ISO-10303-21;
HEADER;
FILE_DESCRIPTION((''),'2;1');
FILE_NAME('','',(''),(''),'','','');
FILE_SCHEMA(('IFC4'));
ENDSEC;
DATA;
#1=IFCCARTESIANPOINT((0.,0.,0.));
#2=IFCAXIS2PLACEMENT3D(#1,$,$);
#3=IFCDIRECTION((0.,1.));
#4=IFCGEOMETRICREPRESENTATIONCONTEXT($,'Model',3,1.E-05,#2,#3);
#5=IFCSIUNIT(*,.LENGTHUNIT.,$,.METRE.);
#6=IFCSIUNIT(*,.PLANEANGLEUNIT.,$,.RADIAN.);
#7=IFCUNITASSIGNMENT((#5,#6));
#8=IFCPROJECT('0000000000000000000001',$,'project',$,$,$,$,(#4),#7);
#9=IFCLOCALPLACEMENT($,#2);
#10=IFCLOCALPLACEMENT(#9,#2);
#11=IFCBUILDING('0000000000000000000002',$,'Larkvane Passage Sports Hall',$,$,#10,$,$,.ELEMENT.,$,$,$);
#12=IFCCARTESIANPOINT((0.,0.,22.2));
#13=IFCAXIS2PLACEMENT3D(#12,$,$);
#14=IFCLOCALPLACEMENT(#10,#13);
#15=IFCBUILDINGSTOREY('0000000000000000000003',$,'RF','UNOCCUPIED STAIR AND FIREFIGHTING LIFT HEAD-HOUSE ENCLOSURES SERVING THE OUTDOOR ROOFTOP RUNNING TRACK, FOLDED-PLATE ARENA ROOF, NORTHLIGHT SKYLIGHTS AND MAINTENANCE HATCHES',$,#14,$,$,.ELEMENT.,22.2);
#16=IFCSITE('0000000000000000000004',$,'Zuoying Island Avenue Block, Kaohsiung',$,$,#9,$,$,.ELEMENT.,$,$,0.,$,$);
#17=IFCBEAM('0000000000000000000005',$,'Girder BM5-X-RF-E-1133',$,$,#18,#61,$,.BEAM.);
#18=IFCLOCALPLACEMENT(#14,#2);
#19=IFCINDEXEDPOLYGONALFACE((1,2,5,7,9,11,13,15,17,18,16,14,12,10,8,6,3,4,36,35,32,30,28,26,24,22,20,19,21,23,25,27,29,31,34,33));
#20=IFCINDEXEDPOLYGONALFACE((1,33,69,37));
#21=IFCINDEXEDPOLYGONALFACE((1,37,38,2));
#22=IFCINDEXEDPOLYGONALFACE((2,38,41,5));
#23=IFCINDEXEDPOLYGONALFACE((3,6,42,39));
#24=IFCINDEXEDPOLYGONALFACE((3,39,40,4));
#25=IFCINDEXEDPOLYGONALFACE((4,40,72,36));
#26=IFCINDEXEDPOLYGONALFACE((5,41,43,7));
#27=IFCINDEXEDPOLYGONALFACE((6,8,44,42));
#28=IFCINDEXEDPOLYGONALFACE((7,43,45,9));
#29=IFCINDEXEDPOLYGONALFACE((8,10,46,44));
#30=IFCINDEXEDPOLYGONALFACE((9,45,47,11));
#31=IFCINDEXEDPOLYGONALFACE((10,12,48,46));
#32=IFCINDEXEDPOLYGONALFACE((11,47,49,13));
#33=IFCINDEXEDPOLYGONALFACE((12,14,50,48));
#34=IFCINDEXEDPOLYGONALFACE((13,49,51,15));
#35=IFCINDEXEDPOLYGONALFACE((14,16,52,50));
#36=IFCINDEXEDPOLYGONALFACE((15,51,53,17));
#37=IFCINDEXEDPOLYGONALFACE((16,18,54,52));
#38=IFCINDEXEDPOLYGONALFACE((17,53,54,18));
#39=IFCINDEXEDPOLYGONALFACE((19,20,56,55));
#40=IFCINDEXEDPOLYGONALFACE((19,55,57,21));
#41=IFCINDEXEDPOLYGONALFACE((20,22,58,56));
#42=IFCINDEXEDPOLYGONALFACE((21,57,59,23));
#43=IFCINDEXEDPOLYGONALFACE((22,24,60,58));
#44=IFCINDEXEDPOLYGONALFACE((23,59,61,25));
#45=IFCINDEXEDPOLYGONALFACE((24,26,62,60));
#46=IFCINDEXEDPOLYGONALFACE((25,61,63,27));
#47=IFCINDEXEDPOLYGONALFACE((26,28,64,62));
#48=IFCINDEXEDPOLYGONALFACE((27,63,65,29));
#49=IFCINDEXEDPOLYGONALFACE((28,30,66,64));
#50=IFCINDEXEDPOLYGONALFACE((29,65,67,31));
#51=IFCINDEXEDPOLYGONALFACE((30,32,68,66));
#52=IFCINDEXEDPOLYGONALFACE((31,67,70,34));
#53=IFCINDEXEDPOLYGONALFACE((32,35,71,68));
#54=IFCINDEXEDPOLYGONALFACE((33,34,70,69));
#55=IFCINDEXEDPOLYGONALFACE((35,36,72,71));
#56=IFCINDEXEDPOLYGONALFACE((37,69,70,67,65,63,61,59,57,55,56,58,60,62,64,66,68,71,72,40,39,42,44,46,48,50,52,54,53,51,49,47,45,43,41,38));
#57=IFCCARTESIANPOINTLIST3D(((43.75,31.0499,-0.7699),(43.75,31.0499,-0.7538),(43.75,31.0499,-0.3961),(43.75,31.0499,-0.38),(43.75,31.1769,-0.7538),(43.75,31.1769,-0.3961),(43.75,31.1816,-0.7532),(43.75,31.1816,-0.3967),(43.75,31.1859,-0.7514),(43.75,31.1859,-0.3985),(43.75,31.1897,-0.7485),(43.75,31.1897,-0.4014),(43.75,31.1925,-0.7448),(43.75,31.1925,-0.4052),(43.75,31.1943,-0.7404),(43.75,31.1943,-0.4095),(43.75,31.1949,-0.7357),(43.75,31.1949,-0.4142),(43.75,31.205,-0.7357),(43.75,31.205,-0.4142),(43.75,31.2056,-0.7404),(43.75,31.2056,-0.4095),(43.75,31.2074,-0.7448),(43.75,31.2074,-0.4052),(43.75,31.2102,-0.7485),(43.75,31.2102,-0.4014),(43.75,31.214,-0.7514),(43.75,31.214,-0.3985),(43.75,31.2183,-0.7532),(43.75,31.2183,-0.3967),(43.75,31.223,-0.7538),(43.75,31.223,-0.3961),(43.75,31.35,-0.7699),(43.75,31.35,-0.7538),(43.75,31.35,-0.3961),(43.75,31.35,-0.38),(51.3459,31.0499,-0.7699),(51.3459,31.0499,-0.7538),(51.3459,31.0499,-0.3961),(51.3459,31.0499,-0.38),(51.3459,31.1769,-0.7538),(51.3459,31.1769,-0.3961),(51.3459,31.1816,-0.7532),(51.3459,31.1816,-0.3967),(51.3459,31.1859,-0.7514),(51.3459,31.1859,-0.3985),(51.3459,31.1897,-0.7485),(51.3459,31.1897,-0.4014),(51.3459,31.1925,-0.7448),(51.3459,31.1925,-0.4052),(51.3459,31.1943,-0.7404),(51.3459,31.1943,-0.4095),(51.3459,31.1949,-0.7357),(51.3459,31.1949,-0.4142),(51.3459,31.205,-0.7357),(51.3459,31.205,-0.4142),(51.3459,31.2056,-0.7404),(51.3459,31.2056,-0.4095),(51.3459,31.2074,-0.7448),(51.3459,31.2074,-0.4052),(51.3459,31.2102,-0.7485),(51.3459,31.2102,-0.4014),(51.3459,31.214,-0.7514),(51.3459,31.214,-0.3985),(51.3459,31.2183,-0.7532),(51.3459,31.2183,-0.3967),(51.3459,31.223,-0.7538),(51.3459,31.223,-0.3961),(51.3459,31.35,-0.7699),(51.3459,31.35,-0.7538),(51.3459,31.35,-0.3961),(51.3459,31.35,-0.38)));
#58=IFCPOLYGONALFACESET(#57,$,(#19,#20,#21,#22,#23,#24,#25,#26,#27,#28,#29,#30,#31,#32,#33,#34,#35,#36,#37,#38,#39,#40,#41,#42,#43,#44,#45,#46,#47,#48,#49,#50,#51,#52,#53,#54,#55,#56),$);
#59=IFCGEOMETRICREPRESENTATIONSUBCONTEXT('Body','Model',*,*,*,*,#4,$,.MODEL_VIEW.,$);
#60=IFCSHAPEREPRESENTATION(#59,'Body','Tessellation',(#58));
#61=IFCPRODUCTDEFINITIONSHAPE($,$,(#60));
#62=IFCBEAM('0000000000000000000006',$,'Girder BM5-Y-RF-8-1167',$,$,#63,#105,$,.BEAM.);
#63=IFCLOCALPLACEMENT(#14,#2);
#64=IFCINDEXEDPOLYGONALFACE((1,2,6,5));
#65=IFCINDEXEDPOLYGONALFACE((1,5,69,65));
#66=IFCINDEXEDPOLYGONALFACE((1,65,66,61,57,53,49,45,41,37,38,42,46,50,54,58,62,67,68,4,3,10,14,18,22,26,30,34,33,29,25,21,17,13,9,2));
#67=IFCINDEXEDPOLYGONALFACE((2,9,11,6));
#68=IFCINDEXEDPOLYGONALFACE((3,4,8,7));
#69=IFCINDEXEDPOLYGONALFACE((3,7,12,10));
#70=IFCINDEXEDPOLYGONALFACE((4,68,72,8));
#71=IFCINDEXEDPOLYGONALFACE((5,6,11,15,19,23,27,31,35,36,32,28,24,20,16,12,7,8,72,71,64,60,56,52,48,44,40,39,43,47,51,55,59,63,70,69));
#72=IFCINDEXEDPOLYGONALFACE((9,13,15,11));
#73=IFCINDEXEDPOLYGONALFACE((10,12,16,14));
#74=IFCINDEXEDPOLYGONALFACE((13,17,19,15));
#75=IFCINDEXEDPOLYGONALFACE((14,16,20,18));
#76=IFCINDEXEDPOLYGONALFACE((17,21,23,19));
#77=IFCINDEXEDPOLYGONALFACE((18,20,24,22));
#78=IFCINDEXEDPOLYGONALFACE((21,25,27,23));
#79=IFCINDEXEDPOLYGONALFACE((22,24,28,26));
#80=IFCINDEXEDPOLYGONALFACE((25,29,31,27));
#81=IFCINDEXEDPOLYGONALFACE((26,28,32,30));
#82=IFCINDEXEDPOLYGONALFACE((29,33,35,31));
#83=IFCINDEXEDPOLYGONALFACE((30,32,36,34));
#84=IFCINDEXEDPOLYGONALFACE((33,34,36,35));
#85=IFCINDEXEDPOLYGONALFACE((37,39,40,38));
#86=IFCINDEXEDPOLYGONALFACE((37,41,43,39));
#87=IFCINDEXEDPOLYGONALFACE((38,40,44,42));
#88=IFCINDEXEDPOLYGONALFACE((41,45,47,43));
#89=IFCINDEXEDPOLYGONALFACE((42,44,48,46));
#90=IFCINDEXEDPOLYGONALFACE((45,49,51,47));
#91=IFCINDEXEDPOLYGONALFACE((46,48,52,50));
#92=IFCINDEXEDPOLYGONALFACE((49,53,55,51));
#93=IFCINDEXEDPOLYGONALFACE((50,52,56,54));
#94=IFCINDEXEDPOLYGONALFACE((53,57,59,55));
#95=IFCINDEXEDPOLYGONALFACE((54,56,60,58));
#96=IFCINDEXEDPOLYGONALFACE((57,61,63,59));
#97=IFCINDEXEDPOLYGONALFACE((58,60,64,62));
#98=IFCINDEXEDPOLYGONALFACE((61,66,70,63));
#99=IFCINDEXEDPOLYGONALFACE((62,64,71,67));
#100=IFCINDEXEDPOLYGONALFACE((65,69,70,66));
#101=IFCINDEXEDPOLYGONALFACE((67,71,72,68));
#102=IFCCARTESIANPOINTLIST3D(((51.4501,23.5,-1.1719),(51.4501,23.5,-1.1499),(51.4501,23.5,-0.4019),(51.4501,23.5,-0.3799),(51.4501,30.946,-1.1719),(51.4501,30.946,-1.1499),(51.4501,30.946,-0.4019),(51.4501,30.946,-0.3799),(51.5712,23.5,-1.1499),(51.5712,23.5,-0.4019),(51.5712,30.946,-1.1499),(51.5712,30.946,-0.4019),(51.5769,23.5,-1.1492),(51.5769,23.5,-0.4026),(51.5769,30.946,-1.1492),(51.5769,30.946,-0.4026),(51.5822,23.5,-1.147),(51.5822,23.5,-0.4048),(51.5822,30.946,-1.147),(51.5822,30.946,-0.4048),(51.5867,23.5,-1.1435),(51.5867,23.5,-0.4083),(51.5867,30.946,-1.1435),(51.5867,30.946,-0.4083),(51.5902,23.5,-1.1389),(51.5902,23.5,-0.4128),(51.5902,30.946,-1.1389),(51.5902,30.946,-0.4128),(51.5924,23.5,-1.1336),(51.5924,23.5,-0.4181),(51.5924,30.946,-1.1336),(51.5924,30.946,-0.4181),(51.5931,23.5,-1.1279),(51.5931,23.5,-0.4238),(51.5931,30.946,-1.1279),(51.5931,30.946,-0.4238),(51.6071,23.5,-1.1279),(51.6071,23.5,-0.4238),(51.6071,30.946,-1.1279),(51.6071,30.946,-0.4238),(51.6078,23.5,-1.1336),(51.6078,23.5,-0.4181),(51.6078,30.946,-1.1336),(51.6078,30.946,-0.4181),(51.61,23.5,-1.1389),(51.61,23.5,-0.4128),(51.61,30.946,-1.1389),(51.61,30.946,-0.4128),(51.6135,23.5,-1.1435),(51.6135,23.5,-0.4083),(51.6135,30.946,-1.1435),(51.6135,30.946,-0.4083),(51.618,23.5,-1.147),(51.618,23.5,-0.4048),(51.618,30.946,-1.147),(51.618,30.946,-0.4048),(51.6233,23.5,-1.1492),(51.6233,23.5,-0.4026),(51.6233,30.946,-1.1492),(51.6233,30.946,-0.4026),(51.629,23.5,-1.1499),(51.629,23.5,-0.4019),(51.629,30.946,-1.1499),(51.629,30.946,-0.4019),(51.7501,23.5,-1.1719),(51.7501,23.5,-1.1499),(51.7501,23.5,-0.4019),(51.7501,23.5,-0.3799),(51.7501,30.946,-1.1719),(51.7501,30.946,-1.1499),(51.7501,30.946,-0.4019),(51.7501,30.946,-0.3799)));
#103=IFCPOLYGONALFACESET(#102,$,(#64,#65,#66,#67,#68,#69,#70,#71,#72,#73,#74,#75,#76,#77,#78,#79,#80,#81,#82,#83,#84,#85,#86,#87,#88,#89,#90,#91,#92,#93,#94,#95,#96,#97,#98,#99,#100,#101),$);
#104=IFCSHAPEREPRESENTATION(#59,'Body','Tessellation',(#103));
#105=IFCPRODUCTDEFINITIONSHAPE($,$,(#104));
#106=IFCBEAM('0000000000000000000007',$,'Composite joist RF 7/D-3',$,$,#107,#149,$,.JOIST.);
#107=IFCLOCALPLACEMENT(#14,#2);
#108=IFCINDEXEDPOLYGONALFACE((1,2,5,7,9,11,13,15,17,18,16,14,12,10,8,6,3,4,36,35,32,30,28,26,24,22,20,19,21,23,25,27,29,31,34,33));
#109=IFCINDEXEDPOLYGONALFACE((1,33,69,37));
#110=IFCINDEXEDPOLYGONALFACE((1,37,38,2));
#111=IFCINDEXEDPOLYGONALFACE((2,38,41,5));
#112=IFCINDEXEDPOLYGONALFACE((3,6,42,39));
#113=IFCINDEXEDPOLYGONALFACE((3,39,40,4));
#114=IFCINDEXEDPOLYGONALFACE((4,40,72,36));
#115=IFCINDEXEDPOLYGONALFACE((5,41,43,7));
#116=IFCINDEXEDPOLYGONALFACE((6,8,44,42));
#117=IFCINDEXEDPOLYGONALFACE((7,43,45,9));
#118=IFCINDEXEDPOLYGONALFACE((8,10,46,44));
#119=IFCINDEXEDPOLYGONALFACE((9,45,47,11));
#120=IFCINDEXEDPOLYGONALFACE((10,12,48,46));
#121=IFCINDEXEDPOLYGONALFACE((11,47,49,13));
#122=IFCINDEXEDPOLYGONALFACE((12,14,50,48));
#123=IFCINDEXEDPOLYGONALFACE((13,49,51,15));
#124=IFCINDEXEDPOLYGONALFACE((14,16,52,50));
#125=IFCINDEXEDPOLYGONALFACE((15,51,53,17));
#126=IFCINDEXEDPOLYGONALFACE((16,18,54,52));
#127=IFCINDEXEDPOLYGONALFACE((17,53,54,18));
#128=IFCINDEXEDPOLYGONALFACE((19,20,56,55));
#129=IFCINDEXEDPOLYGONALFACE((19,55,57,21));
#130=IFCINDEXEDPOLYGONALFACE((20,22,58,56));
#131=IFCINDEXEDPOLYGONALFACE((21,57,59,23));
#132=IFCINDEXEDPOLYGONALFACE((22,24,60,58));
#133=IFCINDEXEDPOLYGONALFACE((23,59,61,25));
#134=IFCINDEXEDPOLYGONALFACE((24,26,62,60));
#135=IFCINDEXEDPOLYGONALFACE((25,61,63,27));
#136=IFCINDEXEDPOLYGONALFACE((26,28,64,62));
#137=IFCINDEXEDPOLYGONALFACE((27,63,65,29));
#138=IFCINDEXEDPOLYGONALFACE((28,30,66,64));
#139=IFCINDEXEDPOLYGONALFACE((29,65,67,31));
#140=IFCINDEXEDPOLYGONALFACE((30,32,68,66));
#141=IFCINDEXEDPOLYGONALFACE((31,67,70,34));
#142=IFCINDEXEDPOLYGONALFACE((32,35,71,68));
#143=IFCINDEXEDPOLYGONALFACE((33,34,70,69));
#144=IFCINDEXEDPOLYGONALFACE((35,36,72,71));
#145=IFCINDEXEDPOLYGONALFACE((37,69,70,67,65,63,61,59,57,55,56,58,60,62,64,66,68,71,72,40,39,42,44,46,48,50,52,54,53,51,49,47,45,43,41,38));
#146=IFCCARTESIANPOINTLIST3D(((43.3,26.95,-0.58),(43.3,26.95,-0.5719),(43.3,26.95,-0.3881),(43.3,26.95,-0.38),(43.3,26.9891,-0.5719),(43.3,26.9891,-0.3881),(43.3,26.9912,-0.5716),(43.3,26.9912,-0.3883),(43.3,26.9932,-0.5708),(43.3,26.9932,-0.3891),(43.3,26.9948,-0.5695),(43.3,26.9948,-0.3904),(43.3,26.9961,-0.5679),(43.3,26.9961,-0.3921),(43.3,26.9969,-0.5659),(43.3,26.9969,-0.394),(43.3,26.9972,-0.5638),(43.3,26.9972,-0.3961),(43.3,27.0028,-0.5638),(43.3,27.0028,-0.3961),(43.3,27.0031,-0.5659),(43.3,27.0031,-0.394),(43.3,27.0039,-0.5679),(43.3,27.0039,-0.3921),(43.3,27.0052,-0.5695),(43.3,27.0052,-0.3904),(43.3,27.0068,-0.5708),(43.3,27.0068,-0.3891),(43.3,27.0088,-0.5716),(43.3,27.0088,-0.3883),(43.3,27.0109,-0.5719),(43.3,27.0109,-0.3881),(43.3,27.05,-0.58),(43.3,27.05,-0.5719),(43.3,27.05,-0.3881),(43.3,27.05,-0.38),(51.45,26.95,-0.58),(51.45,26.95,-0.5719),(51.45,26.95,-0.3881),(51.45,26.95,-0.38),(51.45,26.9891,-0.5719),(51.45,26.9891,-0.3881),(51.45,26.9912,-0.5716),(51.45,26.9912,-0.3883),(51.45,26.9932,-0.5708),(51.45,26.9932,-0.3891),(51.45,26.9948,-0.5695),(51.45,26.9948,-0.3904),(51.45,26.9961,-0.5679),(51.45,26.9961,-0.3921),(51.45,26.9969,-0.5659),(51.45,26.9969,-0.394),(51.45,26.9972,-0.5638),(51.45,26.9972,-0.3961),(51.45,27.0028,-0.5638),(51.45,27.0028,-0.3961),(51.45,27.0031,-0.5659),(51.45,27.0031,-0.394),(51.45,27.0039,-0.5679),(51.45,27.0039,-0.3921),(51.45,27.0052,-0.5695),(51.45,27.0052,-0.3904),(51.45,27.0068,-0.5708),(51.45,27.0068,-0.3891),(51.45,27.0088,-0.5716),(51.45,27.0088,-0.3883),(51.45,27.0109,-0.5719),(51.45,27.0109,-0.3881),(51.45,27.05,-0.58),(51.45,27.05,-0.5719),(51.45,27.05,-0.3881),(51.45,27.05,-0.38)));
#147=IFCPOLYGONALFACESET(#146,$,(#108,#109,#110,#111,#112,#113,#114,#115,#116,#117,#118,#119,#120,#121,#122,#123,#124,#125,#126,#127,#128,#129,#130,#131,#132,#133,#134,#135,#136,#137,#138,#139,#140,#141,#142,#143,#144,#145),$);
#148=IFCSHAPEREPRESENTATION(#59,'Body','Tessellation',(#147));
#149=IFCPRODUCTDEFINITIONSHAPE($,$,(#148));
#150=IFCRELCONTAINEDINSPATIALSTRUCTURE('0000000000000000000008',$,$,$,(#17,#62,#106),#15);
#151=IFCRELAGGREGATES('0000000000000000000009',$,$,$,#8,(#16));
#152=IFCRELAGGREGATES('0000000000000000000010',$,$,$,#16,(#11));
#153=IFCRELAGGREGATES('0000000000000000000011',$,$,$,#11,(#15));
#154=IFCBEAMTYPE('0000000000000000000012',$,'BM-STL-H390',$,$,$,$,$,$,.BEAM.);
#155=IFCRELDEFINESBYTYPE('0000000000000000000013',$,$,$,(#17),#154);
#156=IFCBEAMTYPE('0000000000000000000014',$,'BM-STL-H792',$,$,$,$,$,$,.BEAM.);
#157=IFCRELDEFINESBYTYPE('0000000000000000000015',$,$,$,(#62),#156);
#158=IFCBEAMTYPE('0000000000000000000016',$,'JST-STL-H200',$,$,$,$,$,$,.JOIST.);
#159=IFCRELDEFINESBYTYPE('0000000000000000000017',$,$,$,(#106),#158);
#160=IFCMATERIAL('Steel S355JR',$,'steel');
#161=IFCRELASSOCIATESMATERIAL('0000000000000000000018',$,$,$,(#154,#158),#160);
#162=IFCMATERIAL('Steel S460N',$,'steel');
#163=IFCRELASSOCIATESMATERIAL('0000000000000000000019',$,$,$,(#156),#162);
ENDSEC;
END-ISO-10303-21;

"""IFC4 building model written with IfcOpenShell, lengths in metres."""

from ifc_helpers import new_model, si_unit, direction, frame, origin, origin_2d, place, context, subcontext, project, spatial, i_section, extrude, material, material_profile, profile_set, type_object, element, save


model = new_model("IFC4")

# Units and contexts
model_context = context("Model", 3, precision=1e-05, world=origin(), true_north=direction((0.0, 1.0)))
body_context = subcontext(model_context, "Body", "Model", "MODEL_VIEW")
ifc_project = project(units=[si_unit("LENGTHUNIT", "METRE"), si_unit("PLANEANGLEUNIT", "RADIAN")], contexts=[model_context])

# Site, building, storey
site_placement = place(None, origin())
site = spatial("IfcSite", under=ifc_project, at=site_placement, Name="Zuoying Island Avenue Block, Kaohsiung", CompositionType="ELEMENT", RefElevation=0.0)
building_placement = place(site_placement, origin())
building = spatial("IfcBuilding", under=site, at=building_placement, Name="Larkvane Passage Sports Hall", CompositionType="ELEMENT")
storey_placement = place(building_placement, frame((0.0, 0.0, 22.2)))
storey = spatial("IfcBuildingStorey", under=building, at=storey_placement, Name="RF", Description="UNOCCUPIED STAIR AND FIREFIGHTING LIFT HEAD-HOUSE ENCLOSURES SERVING THE OUTDOOR ROOFTOP RUNNING TRACK, FOLDED-PLATE ARENA ROOF, NORTHLIGHT SKYLIGHTS AND MAINTENANCE HATCHES", CompositionType="ELEMENT", Elevation=22.2)

# Beams
ifc_material_1 = material(Name="Steel S355JR", Category="steel")
ifc_material_profile_1 = material_profile(ifc_material_1, i_section(OverallWidth=0.3, OverallDepth=0.3899, WebThickness=0.01, FlangeThickness=0.0161, FilletRadius=0.0181, at=origin_2d()), Name="H-390x300x10x16")
ifc_profile_set_1 = profile_set([ifc_material_profile_1], Name="Steel S355JR")
beam_type_1 = type_object("IfcBeamType", Name="BM-STL-H390", PredefinedType="BEAM", material=ifc_profile_set_1)
beam_1_placement = place(storey_placement, frame((43.75, 31.2, -0.575), z_axis=(1.0, 0.0, 0.0), x_axis=(0.0, 1.0, 0.0)))
element("IfcBeam", 1, at=beam_1_placement, inside=storey, type_object=beam_type_1, Name="Girder BM5-X-RF-E-1133", PredefinedType="BEAM", context=body_context, shape_type="SweptSolid", body=[
    extrude(i_section(OverallWidth=0.3, OverallDepth=0.3899, WebThickness=0.01, FlangeThickness=0.0161, FilletRadius=0.0181, at=origin_2d()), origin(), (0.0, 0.0, 1.0), 7.5959),
])
ifc_material_2 = material(Name="Steel S460N", Category="steel")
ifc_material_profile_2 = material_profile(ifc_material_2, i_section(OverallWidth=0.3, OverallDepth=0.792, WebThickness=0.0139, FlangeThickness=0.022, FilletRadius=0.022, at=origin_2d()), Name="H-792x300x14x22")
ifc_profile_set_2 = profile_set([ifc_material_profile_2], Name="Steel S460N")
beam_type_2 = type_object("IfcBeamType", Name="BM-STL-H792", PredefinedType="BEAM", material=ifc_profile_set_2)
beam_2_placement = place(storey_placement, frame((51.6001, 23.5, -0.7759), z_axis=(0.0, 1.0, 0.0), x_axis=(-1.0, 0.0, 0.0)))
element("IfcBeam", 2, at=beam_2_placement, inside=storey, type_object=beam_type_2, Name="Girder BM5-Y-RF-8-1167", PredefinedType="BEAM", context=body_context, shape_type="SweptSolid", body=[
    extrude(i_section(OverallWidth=0.3, OverallDepth=0.792, WebThickness=0.0139, FlangeThickness=0.022, FilletRadius=0.022, at=origin_2d()), origin(), (0.0, 0.0, 1.0), 7.446),
])
ifc_material_profile_3 = material_profile(ifc_material_1, i_section(OverallWidth=0.1001, OverallDepth=0.2, WebThickness=0.0056, FlangeThickness=0.0081, FilletRadius=0.0081, at=origin_2d()), Name="H-200x100x5.5x8")
ifc_profile_set_3 = profile_set([ifc_material_profile_3], Name="Steel S355JR")
beam_type_3 = type_object("IfcBeamType", Name="JST-STL-H200", PredefinedType="JOIST", material=ifc_profile_set_3)
beam_3_placement = place(storey_placement, frame((43.3, 27.0, -0.48), z_axis=(1.0, 0.0, 0.0), x_axis=(0.0, 1.0, 0.0)))
element("IfcBeam", 3, at=beam_3_placement, inside=storey, type_object=beam_type_3, Name="Composite joist RF 7/D-3", PredefinedType="JOIST", context=body_context, shape_type="SweptSolid", body=[
    extrude(i_section(OverallWidth=0.1001, OverallDepth=0.2, WebThickness=0.0056, FlangeThickness=0.0081, FilletRadius=0.0081, at=origin_2d()), origin(), (0.0, 0.0, 1.0), 8.1499),
])

save(model, "model.ifc")
